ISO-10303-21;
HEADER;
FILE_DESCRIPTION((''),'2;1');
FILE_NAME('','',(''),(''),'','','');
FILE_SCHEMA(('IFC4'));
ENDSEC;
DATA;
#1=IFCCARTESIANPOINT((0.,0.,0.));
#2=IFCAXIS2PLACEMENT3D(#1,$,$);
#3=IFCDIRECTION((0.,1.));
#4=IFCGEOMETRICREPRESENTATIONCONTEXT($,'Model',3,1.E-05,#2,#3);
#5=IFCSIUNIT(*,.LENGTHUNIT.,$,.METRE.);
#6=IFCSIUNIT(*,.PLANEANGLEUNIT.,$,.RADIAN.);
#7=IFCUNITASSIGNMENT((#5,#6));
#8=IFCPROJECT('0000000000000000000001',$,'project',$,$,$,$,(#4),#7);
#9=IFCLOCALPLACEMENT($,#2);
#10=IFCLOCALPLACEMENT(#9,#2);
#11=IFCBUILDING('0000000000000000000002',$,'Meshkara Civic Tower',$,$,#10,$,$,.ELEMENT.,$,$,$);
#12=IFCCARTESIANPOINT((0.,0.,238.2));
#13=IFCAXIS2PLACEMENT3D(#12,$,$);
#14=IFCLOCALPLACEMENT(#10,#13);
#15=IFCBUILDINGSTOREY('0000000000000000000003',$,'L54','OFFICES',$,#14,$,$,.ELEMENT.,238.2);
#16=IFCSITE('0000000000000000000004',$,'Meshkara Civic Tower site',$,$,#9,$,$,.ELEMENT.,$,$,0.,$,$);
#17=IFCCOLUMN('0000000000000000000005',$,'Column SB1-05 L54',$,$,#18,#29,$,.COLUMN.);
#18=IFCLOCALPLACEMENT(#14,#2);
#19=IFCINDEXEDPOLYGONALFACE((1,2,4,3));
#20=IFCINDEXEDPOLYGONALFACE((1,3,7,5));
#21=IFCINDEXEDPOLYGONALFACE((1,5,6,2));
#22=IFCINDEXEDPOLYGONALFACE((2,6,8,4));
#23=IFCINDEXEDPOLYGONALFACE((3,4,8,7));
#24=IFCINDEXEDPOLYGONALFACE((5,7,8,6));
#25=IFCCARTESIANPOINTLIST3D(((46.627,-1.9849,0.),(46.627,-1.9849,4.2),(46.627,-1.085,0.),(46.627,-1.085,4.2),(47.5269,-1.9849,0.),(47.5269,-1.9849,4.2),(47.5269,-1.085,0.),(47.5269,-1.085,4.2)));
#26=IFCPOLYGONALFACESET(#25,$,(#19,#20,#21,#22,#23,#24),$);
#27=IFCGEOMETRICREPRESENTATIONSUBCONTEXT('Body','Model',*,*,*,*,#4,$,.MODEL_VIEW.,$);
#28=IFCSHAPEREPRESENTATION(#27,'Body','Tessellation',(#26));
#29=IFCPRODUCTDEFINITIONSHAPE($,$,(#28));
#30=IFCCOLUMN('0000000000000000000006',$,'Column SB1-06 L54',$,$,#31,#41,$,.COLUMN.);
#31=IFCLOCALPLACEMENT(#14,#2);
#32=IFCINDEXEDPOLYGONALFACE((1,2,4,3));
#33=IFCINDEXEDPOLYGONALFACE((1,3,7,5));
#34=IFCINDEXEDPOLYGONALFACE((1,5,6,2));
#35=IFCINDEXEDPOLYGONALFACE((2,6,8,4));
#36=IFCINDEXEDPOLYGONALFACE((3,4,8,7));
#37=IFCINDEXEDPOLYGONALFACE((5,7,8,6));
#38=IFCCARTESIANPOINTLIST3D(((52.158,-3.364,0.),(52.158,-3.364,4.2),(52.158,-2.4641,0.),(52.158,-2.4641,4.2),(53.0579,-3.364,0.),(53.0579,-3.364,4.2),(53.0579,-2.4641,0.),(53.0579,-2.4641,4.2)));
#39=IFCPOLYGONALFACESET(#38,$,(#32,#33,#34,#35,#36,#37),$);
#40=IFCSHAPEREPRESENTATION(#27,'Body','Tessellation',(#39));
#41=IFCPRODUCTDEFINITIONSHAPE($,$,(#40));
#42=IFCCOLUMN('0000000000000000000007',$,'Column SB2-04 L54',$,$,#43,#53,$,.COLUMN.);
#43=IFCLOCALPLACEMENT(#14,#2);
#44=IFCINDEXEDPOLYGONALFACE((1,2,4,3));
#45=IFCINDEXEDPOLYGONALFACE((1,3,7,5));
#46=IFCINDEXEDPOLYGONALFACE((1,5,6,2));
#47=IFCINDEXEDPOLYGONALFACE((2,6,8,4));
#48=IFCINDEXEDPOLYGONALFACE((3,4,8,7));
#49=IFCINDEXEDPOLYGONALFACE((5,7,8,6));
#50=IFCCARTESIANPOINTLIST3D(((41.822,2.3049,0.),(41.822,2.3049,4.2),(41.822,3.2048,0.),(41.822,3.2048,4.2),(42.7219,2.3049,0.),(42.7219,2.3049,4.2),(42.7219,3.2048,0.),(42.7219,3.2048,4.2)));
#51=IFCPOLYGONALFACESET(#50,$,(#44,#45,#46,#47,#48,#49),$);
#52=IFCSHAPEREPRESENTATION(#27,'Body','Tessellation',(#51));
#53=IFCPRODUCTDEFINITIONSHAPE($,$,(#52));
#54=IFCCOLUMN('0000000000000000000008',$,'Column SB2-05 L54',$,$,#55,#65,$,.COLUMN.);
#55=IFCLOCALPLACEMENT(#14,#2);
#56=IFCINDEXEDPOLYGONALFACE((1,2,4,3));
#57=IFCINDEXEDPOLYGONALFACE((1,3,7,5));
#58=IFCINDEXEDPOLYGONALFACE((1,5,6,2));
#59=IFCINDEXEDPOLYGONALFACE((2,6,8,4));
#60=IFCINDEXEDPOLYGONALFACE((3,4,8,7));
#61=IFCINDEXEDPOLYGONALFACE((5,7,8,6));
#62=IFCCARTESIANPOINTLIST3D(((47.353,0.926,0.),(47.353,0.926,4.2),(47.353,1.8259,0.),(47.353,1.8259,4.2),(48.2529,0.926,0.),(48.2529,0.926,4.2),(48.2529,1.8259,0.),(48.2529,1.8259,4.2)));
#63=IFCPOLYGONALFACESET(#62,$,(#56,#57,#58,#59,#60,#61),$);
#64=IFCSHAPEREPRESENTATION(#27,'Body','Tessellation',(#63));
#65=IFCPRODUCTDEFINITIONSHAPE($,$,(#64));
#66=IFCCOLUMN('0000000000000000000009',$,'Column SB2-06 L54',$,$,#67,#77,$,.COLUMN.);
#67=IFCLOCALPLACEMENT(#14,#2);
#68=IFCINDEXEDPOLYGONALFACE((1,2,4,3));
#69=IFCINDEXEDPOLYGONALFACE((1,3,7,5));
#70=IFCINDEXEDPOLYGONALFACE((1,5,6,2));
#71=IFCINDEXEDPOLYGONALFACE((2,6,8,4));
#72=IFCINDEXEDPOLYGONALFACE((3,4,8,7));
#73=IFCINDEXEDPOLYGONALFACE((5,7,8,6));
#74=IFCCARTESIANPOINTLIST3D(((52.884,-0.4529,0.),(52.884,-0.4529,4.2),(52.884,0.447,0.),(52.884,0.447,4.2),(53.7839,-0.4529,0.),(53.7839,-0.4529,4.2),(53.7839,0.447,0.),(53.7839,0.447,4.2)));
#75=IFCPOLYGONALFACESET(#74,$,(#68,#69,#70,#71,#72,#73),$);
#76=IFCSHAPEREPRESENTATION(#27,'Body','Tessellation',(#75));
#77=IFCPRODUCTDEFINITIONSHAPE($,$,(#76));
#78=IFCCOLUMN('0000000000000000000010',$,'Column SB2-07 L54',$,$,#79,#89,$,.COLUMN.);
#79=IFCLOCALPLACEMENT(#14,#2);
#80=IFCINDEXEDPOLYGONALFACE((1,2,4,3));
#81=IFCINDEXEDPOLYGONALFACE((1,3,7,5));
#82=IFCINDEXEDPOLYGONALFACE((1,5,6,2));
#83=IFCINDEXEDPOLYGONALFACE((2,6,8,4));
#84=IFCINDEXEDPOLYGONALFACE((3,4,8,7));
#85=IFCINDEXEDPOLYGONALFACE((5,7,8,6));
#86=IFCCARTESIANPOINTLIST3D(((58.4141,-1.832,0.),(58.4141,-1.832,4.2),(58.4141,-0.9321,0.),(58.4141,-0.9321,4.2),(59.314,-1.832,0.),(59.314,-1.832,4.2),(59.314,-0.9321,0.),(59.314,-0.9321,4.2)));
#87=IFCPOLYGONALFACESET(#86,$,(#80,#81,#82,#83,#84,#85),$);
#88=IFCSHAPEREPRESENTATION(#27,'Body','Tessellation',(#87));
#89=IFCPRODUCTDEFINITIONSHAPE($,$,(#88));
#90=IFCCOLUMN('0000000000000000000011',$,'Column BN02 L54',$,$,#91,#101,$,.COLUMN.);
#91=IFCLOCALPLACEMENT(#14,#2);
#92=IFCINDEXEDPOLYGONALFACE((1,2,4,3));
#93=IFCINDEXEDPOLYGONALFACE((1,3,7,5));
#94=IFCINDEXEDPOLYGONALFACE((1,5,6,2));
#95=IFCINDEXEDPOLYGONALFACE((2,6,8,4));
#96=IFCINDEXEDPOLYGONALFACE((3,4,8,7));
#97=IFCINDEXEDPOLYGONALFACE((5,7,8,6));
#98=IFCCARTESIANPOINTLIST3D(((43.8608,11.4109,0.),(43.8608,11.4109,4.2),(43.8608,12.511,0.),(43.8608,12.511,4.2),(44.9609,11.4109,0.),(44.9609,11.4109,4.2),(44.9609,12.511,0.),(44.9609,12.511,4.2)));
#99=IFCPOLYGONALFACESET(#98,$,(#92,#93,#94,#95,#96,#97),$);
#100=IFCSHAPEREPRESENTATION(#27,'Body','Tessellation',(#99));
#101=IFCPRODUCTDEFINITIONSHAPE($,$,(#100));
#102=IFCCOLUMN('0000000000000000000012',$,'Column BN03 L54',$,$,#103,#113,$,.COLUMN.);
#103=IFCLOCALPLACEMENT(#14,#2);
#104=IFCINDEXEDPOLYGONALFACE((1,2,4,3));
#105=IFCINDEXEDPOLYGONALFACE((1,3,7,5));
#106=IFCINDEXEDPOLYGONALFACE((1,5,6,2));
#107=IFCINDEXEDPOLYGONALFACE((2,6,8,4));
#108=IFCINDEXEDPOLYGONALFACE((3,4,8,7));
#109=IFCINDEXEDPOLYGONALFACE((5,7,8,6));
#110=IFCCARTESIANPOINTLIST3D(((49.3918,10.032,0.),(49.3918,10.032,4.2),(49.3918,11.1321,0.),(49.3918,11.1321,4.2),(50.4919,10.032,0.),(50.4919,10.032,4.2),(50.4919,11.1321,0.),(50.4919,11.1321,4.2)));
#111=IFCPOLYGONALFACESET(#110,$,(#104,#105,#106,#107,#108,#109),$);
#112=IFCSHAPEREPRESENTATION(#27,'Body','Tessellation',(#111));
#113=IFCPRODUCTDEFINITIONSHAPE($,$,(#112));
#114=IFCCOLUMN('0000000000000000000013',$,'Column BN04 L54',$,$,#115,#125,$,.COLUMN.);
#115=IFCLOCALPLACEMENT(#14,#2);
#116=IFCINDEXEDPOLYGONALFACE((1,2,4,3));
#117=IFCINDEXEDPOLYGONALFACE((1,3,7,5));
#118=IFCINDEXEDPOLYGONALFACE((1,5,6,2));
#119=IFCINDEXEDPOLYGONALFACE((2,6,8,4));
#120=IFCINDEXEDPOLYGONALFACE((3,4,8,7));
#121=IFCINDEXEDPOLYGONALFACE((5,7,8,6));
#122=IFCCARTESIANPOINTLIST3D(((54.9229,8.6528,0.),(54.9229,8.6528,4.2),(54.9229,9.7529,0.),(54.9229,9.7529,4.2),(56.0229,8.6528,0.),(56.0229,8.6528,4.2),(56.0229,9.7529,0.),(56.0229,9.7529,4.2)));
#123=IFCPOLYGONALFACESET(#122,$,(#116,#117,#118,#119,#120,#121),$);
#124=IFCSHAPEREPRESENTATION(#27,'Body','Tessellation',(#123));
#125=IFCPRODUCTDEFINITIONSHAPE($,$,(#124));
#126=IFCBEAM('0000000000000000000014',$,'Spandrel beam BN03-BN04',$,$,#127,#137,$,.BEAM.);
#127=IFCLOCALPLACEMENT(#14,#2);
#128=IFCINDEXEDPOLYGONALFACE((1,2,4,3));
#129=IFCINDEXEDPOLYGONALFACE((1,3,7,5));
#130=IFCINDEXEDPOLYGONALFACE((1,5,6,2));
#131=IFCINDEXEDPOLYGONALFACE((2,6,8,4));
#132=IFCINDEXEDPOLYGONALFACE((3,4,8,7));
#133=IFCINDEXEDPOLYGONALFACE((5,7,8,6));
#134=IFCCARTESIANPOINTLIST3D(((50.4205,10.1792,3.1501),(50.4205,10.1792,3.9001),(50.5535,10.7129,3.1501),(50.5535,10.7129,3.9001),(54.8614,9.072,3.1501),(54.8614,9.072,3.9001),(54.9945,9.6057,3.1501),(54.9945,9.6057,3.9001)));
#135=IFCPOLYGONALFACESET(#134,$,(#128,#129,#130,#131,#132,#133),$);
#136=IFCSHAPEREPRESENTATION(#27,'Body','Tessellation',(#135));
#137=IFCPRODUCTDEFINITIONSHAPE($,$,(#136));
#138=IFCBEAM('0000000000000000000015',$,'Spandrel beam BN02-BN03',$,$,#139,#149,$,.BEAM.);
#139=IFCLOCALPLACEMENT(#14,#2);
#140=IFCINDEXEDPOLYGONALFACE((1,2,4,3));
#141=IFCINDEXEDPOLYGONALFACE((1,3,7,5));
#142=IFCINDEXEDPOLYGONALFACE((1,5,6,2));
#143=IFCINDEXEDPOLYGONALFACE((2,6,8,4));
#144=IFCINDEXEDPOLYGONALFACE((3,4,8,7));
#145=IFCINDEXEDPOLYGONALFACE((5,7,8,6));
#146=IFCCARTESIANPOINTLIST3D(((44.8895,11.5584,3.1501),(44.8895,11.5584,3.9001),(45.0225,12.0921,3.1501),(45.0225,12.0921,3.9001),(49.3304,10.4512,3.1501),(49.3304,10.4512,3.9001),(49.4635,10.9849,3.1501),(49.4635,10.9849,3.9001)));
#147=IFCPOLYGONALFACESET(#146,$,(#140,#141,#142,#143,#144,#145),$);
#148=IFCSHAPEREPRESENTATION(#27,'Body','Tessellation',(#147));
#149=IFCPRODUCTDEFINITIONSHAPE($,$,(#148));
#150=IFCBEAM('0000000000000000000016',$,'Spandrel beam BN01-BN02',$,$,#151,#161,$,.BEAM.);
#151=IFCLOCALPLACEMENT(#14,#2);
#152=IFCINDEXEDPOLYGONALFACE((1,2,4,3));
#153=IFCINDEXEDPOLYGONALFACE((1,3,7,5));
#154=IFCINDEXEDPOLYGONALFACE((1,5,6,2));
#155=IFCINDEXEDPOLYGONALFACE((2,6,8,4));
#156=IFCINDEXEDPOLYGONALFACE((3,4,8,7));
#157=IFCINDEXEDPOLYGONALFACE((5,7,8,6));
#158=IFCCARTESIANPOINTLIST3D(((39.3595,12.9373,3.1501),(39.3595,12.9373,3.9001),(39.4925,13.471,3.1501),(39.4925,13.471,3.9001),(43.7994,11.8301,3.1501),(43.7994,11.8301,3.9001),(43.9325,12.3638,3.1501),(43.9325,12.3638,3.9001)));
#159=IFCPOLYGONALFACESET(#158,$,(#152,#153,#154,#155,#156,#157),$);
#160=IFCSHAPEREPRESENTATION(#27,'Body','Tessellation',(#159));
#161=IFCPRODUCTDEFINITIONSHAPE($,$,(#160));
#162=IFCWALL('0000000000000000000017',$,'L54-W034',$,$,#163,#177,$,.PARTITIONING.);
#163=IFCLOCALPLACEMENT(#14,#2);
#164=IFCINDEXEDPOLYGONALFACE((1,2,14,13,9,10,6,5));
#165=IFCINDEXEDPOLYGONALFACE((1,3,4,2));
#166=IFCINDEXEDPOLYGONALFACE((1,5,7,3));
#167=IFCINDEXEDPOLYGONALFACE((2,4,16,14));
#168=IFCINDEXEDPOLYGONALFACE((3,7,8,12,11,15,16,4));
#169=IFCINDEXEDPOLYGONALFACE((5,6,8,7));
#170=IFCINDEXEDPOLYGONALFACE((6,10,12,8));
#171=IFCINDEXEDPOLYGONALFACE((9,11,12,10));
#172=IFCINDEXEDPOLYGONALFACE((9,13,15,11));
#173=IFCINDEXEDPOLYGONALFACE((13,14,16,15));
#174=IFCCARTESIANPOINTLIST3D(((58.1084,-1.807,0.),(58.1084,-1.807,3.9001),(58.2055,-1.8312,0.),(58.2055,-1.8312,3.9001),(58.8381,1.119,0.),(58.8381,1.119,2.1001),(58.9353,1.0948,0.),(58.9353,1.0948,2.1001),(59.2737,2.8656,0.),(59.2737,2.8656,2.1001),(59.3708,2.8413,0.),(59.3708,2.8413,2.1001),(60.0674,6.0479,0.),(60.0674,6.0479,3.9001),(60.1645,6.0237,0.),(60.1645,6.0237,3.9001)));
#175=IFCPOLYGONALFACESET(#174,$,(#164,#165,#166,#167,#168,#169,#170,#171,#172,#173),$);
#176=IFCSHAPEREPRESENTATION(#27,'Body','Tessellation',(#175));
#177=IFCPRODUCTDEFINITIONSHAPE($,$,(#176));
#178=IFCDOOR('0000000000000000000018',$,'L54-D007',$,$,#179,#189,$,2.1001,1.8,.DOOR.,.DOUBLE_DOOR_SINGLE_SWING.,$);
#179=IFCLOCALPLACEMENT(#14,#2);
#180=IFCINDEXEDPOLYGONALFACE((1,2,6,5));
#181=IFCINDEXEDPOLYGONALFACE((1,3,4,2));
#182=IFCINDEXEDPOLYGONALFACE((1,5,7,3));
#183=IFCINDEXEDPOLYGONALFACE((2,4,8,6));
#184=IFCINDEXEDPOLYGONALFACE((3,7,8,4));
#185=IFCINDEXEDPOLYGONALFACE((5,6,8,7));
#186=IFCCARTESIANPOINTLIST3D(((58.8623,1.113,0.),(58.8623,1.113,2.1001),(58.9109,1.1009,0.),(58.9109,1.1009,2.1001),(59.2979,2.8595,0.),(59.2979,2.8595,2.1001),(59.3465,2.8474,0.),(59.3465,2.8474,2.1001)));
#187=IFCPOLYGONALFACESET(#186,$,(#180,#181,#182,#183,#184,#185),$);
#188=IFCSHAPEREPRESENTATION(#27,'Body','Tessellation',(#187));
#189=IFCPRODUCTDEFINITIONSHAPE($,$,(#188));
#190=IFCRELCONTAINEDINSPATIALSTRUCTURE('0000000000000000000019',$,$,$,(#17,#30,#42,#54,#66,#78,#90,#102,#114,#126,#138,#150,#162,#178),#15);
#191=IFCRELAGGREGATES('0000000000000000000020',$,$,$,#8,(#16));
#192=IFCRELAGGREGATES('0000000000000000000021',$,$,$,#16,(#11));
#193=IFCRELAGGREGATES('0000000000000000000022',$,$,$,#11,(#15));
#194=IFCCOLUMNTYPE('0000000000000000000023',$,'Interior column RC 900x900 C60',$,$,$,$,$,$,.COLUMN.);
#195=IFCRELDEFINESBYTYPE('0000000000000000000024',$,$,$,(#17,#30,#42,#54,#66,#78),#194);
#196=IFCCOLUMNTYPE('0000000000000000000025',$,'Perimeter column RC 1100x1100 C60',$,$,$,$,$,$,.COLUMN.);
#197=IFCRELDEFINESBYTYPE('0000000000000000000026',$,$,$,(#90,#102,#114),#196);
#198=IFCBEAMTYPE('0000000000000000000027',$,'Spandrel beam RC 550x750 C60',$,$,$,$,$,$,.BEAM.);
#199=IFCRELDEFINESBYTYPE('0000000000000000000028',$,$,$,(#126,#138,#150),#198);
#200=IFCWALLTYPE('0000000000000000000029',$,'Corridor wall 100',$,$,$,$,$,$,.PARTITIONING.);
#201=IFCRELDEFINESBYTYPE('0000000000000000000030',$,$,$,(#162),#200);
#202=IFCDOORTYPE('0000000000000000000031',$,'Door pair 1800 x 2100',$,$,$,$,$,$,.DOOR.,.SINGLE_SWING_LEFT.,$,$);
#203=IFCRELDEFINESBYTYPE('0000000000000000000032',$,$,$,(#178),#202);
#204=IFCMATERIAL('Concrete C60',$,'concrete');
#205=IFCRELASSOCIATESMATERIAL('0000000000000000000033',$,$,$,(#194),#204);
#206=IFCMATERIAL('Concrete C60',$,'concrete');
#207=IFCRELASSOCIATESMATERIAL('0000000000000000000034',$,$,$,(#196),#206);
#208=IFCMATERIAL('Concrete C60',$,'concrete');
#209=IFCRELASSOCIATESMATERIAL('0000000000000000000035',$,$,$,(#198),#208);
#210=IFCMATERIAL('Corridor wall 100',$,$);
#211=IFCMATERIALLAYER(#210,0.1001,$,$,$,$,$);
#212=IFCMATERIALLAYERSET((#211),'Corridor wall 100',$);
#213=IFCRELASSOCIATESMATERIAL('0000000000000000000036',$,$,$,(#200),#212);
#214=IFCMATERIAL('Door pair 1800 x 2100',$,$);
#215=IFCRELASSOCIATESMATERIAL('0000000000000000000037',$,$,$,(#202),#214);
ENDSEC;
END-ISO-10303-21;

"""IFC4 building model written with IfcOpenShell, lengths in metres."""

from ifc_helpers import new_model, si_unit, direction, frame, frame_2d, origin, origin_2d, place, context, subcontext, project, spatial, rectangle, extrude, material, layer, layer_set, material_profile, profile_set, type_object, element, fill, save


model = new_model("IFC4")

# Units and contexts
model_context = context("Model", 3, precision=1e-05, world=origin(), true_north=direction((0.0, 1.0)))
body_context = subcontext(model_context, "Body", "Model", "MODEL_VIEW")
ifc_project = project(units=[si_unit("LENGTHUNIT", "METRE"), si_unit("PLANEANGLEUNIT", "RADIAN")], contexts=[model_context])

# Site, building, storey
site_placement = place(None, origin())
site = spatial("IfcSite", under=ifc_project, at=site_placement, Name="Meshkara Civic Tower site", CompositionType="ELEMENT", RefElevation=0.0)
building_placement = place(site_placement, origin())
building = spatial("IfcBuilding", under=site, at=building_placement, Name="Meshkara Civic Tower", CompositionType="ELEMENT")
storey_placement = place(building_placement, frame((0.0, 0.0, 238.2)))
storey = spatial("IfcBuildingStorey", under=building, at=storey_placement, Name="L54", Description="OFFICES", CompositionType="ELEMENT", Elevation=238.2)

# Columns
ifc_material_1 = material(Name="Concrete C60", Category="concrete")
ifc_material_profile_1 = material_profile(ifc_material_1, rectangle(XDim=0.8999, YDim=0.8999, at=origin_2d()))
ifc_profile_set_1 = profile_set([ifc_material_profile_1], Name="Concrete C60")
column_type_1 = type_object("IfcColumnType", Name="Interior column RC 900x900 C60", PredefinedType="COLUMN", material=ifc_profile_set_1)
for number, where, z_axis, x_axis, name in (
    (1, (47.0769, -1.5349, 0.0), (0.0, 0.0, 1.0), (1.0, 0.0, 0.0), "Column SB1-05 L54"),
    (2, (52.6079, -2.9141, 0.0), (0.0, 0.0, 1.0), (1.0, 0.0, 0.0), "Column SB1-06 L54"),
    (3, (42.272, 2.7549, 0.0), (0.0, 0.0, 1.0), (1.0, 0.0, 0.0), "Column SB2-04 L54"),
    (4, (47.803, 1.376, 0.0), (0.0, 0.0, 1.0), (1.0, 0.0, 0.0), "Column SB2-05 L54"),
    (5, (53.334, -0.0029, 0.0), (0.0, 0.0, 1.0), (1.0, 0.0, 0.0), "Column SB2-06 L54"),
    (6, (58.864, -1.3821, 0.0), (0.0, 0.0, 1.0), (1.0, 0.0, 0.0), "Column SB2-07 L54"),
):
    element("IfcColumn", number, at=place(storey_placement, frame(where, z_axis=z_axis, x_axis=x_axis)), inside=storey, type_object=column_type_1, Name=name, PredefinedType="COLUMN", context=body_context, shape_type="SweptSolid", body=[
        extrude(rectangle(XDim=0.8999, YDim=0.8999, at=origin_2d()), origin(), (0.0, 0.0, 1.0), 4.2),
    ])
ifc_material_2 = material(Name="Concrete C60", Category="concrete")
ifc_material_profile_2 = material_profile(ifc_material_2, rectangle(XDim=1.1001, YDim=1.1001, at=origin_2d()))
ifc_profile_set_2 = profile_set([ifc_material_profile_2], Name="Concrete C60")
column_type_2 = type_object("IfcColumnType", Name="Perimeter column RC 1100x1100 C60", PredefinedType="COLUMN", material=ifc_profile_set_2)
for number, where, z_axis, x_axis, name in (
    (7, (44.4109, 11.9609, 0.0), (0.0, 0.0, 1.0), (1.0, 0.0, 0.0), "Column BN02 L54"),
    (8, (49.9419, 10.582, 0.0), (0.0, 0.0, 1.0), (1.0, 0.0, 0.0), "Column BN03 L54"),
    (9, (55.4729, 9.2029, 0.0), (0.0, 0.0, 1.0), (1.0, 0.0, 0.0), "Column BN04 L54"),
):
    element("IfcColumn", number, at=place(storey_placement, frame(where, z_axis=z_axis, x_axis=x_axis)), inside=storey, type_object=column_type_2, Name=name, PredefinedType="COLUMN", context=body_context, shape_type="SweptSolid", body=[
        extrude(rectangle(XDim=1.1001, YDim=1.1001, at=origin_2d()), origin(), (0.0, 0.0, 1.0), 4.2),
    ])

# Beams
ifc_material_3 = material(Name="Concrete C60", Category="concrete")
ifc_material_profile_3 = material_profile(ifc_material_3, rectangle(XDim=0.55, YDim=0.75, at=origin_2d()))
ifc_profile_set_3 = profile_set([ifc_material_profile_3], Name="Concrete C60")
beam_type = type_object("IfcBeamType", Name="Spandrel beam RC 550x750 C60", PredefinedType="BEAM", material=ifc_profile_set_3)
for number, where, z_axis, x_axis, name in (
    (10, (54.928, 9.3389, 3.5251), (-0.970299, 0.241908, 0.0), (-0.241908, -0.970299, 0.0), "Spandrel beam BN03-BN04"),
    (11, (49.397, 10.718, 3.5251), (-0.970299, 0.241908, 0.0), (-0.241908, -0.970299, 0.0), "Spandrel beam BN02-BN03"),
):
    element("IfcBeam", number, at=place(storey_placement, frame(where, z_axis=z_axis, x_axis=x_axis)), inside=storey, type_object=beam_type, Name=name, PredefinedType="BEAM", context=body_context, shape_type="SweptSolid", body=[
        extrude(rectangle(XDim=0.55, YDim=0.75, at=origin_2d()), origin(), (0.0, 0.0, 1.0), 4.5769),
    ])
beam_placement = place(storey_placement, frame((43.866, 12.0969, 3.5251), z_axis=(-0.970287, 0.241958, 0.0), x_axis=(-0.241958, -0.970287, 0.0)))
element("IfcBeam", 12, at=beam_placement, inside=storey, type_object=beam_type, Name="Spandrel beam BN01-BN02", PredefinedType="BEAM", context=body_context, shape_type="SweptSolid", body=[
    extrude(rectangle(XDim=0.55, YDim=0.75, at=origin_2d()), origin(), (0.0, 0.0, 1.0), 4.5759),
])

# Wall, opening, door
ifc_material_4 = material(Name="Corridor wall 100")
ifc_layer_1 = layer(ifc_material_4, 0.1001)
ifc_layer_set_1 = layer_set([ifc_layer_1], Name="Corridor wall 100")
wall_type_1 = type_object("IfcWallType", Name="Corridor wall 100", PredefinedType="PARTITIONING", material=ifc_layer_set_1)
wall_1_placement = place(storey_placement, frame((60.116, 6.0359, 0.0), z_axis=(0.0, 0.0, 1.0), x_axis=(-0.241982, -0.970281, 0.0)))
wall_1 = element("IfcWall", 13, at=wall_1_placement, inside=storey, type_object=wall_type_1, Name="L54-W034", PredefinedType="PARTITIONING", context=body_context, shape_type="SweptSolid", body=[
    extrude(rectangle(XDim=8.0955, YDim=0.1001, at=frame_2d((4.0479, 0.0))), origin(), (0.0, 0.0, 1.0), 3.9001),
])
opening_1_placement = place(wall_1_placement, frame((3.28, 0.0, 0.0)))
opening_1 = element("IfcOpeningElement", 14, at=opening_1_placement, cuts=wall_1, PredefinedType="OPENING", context=body_context, shape_type="SweptSolid", body=[
    extrude(rectangle(XDim=1.8, YDim=2.1001, at=frame_2d((0.8999, 1.05))), frame((0.0, 0.0601, 0.0), z_axis=(0.0, -1.0, 0.0), x_axis=(1.0, 0.0, 0.0)), (0.0, 0.0, 1.0), 0.1201),
])
ifc_material_5 = material(Name="Door pair 1800 x 2100")
door_type = type_object("IfcDoorType", Name="Door pair 1800 x 2100", OperationType="SINGLE_SWING_LEFT", PredefinedType="DOOR", material=ifc_material_5)
door_placement = place(opening_1_placement, origin())
door = element("IfcDoor", 15, at=door_placement, inside=storey, type_object=door_type, Name="L54-D007", OperationType="DOUBLE_DOOR_SINGLE_SWING", OverallHeight=2.1001, OverallWidth=1.8, PredefinedType="DOOR", context=body_context, shape_type="SweptSolid", body=[
    extrude(rectangle(XDim=1.8, YDim=2.1001, at=frame_2d((0.8999, 1.05))), frame((0.0, 0.0249, 0.0), z_axis=(0.0, -1.0, 0.0), x_axis=(1.0, 0.0, 0.0)), (0.0, 0.0, 1.0), 0.05),
])
fill(opening_1, door)

save(model, "model.ifc")
